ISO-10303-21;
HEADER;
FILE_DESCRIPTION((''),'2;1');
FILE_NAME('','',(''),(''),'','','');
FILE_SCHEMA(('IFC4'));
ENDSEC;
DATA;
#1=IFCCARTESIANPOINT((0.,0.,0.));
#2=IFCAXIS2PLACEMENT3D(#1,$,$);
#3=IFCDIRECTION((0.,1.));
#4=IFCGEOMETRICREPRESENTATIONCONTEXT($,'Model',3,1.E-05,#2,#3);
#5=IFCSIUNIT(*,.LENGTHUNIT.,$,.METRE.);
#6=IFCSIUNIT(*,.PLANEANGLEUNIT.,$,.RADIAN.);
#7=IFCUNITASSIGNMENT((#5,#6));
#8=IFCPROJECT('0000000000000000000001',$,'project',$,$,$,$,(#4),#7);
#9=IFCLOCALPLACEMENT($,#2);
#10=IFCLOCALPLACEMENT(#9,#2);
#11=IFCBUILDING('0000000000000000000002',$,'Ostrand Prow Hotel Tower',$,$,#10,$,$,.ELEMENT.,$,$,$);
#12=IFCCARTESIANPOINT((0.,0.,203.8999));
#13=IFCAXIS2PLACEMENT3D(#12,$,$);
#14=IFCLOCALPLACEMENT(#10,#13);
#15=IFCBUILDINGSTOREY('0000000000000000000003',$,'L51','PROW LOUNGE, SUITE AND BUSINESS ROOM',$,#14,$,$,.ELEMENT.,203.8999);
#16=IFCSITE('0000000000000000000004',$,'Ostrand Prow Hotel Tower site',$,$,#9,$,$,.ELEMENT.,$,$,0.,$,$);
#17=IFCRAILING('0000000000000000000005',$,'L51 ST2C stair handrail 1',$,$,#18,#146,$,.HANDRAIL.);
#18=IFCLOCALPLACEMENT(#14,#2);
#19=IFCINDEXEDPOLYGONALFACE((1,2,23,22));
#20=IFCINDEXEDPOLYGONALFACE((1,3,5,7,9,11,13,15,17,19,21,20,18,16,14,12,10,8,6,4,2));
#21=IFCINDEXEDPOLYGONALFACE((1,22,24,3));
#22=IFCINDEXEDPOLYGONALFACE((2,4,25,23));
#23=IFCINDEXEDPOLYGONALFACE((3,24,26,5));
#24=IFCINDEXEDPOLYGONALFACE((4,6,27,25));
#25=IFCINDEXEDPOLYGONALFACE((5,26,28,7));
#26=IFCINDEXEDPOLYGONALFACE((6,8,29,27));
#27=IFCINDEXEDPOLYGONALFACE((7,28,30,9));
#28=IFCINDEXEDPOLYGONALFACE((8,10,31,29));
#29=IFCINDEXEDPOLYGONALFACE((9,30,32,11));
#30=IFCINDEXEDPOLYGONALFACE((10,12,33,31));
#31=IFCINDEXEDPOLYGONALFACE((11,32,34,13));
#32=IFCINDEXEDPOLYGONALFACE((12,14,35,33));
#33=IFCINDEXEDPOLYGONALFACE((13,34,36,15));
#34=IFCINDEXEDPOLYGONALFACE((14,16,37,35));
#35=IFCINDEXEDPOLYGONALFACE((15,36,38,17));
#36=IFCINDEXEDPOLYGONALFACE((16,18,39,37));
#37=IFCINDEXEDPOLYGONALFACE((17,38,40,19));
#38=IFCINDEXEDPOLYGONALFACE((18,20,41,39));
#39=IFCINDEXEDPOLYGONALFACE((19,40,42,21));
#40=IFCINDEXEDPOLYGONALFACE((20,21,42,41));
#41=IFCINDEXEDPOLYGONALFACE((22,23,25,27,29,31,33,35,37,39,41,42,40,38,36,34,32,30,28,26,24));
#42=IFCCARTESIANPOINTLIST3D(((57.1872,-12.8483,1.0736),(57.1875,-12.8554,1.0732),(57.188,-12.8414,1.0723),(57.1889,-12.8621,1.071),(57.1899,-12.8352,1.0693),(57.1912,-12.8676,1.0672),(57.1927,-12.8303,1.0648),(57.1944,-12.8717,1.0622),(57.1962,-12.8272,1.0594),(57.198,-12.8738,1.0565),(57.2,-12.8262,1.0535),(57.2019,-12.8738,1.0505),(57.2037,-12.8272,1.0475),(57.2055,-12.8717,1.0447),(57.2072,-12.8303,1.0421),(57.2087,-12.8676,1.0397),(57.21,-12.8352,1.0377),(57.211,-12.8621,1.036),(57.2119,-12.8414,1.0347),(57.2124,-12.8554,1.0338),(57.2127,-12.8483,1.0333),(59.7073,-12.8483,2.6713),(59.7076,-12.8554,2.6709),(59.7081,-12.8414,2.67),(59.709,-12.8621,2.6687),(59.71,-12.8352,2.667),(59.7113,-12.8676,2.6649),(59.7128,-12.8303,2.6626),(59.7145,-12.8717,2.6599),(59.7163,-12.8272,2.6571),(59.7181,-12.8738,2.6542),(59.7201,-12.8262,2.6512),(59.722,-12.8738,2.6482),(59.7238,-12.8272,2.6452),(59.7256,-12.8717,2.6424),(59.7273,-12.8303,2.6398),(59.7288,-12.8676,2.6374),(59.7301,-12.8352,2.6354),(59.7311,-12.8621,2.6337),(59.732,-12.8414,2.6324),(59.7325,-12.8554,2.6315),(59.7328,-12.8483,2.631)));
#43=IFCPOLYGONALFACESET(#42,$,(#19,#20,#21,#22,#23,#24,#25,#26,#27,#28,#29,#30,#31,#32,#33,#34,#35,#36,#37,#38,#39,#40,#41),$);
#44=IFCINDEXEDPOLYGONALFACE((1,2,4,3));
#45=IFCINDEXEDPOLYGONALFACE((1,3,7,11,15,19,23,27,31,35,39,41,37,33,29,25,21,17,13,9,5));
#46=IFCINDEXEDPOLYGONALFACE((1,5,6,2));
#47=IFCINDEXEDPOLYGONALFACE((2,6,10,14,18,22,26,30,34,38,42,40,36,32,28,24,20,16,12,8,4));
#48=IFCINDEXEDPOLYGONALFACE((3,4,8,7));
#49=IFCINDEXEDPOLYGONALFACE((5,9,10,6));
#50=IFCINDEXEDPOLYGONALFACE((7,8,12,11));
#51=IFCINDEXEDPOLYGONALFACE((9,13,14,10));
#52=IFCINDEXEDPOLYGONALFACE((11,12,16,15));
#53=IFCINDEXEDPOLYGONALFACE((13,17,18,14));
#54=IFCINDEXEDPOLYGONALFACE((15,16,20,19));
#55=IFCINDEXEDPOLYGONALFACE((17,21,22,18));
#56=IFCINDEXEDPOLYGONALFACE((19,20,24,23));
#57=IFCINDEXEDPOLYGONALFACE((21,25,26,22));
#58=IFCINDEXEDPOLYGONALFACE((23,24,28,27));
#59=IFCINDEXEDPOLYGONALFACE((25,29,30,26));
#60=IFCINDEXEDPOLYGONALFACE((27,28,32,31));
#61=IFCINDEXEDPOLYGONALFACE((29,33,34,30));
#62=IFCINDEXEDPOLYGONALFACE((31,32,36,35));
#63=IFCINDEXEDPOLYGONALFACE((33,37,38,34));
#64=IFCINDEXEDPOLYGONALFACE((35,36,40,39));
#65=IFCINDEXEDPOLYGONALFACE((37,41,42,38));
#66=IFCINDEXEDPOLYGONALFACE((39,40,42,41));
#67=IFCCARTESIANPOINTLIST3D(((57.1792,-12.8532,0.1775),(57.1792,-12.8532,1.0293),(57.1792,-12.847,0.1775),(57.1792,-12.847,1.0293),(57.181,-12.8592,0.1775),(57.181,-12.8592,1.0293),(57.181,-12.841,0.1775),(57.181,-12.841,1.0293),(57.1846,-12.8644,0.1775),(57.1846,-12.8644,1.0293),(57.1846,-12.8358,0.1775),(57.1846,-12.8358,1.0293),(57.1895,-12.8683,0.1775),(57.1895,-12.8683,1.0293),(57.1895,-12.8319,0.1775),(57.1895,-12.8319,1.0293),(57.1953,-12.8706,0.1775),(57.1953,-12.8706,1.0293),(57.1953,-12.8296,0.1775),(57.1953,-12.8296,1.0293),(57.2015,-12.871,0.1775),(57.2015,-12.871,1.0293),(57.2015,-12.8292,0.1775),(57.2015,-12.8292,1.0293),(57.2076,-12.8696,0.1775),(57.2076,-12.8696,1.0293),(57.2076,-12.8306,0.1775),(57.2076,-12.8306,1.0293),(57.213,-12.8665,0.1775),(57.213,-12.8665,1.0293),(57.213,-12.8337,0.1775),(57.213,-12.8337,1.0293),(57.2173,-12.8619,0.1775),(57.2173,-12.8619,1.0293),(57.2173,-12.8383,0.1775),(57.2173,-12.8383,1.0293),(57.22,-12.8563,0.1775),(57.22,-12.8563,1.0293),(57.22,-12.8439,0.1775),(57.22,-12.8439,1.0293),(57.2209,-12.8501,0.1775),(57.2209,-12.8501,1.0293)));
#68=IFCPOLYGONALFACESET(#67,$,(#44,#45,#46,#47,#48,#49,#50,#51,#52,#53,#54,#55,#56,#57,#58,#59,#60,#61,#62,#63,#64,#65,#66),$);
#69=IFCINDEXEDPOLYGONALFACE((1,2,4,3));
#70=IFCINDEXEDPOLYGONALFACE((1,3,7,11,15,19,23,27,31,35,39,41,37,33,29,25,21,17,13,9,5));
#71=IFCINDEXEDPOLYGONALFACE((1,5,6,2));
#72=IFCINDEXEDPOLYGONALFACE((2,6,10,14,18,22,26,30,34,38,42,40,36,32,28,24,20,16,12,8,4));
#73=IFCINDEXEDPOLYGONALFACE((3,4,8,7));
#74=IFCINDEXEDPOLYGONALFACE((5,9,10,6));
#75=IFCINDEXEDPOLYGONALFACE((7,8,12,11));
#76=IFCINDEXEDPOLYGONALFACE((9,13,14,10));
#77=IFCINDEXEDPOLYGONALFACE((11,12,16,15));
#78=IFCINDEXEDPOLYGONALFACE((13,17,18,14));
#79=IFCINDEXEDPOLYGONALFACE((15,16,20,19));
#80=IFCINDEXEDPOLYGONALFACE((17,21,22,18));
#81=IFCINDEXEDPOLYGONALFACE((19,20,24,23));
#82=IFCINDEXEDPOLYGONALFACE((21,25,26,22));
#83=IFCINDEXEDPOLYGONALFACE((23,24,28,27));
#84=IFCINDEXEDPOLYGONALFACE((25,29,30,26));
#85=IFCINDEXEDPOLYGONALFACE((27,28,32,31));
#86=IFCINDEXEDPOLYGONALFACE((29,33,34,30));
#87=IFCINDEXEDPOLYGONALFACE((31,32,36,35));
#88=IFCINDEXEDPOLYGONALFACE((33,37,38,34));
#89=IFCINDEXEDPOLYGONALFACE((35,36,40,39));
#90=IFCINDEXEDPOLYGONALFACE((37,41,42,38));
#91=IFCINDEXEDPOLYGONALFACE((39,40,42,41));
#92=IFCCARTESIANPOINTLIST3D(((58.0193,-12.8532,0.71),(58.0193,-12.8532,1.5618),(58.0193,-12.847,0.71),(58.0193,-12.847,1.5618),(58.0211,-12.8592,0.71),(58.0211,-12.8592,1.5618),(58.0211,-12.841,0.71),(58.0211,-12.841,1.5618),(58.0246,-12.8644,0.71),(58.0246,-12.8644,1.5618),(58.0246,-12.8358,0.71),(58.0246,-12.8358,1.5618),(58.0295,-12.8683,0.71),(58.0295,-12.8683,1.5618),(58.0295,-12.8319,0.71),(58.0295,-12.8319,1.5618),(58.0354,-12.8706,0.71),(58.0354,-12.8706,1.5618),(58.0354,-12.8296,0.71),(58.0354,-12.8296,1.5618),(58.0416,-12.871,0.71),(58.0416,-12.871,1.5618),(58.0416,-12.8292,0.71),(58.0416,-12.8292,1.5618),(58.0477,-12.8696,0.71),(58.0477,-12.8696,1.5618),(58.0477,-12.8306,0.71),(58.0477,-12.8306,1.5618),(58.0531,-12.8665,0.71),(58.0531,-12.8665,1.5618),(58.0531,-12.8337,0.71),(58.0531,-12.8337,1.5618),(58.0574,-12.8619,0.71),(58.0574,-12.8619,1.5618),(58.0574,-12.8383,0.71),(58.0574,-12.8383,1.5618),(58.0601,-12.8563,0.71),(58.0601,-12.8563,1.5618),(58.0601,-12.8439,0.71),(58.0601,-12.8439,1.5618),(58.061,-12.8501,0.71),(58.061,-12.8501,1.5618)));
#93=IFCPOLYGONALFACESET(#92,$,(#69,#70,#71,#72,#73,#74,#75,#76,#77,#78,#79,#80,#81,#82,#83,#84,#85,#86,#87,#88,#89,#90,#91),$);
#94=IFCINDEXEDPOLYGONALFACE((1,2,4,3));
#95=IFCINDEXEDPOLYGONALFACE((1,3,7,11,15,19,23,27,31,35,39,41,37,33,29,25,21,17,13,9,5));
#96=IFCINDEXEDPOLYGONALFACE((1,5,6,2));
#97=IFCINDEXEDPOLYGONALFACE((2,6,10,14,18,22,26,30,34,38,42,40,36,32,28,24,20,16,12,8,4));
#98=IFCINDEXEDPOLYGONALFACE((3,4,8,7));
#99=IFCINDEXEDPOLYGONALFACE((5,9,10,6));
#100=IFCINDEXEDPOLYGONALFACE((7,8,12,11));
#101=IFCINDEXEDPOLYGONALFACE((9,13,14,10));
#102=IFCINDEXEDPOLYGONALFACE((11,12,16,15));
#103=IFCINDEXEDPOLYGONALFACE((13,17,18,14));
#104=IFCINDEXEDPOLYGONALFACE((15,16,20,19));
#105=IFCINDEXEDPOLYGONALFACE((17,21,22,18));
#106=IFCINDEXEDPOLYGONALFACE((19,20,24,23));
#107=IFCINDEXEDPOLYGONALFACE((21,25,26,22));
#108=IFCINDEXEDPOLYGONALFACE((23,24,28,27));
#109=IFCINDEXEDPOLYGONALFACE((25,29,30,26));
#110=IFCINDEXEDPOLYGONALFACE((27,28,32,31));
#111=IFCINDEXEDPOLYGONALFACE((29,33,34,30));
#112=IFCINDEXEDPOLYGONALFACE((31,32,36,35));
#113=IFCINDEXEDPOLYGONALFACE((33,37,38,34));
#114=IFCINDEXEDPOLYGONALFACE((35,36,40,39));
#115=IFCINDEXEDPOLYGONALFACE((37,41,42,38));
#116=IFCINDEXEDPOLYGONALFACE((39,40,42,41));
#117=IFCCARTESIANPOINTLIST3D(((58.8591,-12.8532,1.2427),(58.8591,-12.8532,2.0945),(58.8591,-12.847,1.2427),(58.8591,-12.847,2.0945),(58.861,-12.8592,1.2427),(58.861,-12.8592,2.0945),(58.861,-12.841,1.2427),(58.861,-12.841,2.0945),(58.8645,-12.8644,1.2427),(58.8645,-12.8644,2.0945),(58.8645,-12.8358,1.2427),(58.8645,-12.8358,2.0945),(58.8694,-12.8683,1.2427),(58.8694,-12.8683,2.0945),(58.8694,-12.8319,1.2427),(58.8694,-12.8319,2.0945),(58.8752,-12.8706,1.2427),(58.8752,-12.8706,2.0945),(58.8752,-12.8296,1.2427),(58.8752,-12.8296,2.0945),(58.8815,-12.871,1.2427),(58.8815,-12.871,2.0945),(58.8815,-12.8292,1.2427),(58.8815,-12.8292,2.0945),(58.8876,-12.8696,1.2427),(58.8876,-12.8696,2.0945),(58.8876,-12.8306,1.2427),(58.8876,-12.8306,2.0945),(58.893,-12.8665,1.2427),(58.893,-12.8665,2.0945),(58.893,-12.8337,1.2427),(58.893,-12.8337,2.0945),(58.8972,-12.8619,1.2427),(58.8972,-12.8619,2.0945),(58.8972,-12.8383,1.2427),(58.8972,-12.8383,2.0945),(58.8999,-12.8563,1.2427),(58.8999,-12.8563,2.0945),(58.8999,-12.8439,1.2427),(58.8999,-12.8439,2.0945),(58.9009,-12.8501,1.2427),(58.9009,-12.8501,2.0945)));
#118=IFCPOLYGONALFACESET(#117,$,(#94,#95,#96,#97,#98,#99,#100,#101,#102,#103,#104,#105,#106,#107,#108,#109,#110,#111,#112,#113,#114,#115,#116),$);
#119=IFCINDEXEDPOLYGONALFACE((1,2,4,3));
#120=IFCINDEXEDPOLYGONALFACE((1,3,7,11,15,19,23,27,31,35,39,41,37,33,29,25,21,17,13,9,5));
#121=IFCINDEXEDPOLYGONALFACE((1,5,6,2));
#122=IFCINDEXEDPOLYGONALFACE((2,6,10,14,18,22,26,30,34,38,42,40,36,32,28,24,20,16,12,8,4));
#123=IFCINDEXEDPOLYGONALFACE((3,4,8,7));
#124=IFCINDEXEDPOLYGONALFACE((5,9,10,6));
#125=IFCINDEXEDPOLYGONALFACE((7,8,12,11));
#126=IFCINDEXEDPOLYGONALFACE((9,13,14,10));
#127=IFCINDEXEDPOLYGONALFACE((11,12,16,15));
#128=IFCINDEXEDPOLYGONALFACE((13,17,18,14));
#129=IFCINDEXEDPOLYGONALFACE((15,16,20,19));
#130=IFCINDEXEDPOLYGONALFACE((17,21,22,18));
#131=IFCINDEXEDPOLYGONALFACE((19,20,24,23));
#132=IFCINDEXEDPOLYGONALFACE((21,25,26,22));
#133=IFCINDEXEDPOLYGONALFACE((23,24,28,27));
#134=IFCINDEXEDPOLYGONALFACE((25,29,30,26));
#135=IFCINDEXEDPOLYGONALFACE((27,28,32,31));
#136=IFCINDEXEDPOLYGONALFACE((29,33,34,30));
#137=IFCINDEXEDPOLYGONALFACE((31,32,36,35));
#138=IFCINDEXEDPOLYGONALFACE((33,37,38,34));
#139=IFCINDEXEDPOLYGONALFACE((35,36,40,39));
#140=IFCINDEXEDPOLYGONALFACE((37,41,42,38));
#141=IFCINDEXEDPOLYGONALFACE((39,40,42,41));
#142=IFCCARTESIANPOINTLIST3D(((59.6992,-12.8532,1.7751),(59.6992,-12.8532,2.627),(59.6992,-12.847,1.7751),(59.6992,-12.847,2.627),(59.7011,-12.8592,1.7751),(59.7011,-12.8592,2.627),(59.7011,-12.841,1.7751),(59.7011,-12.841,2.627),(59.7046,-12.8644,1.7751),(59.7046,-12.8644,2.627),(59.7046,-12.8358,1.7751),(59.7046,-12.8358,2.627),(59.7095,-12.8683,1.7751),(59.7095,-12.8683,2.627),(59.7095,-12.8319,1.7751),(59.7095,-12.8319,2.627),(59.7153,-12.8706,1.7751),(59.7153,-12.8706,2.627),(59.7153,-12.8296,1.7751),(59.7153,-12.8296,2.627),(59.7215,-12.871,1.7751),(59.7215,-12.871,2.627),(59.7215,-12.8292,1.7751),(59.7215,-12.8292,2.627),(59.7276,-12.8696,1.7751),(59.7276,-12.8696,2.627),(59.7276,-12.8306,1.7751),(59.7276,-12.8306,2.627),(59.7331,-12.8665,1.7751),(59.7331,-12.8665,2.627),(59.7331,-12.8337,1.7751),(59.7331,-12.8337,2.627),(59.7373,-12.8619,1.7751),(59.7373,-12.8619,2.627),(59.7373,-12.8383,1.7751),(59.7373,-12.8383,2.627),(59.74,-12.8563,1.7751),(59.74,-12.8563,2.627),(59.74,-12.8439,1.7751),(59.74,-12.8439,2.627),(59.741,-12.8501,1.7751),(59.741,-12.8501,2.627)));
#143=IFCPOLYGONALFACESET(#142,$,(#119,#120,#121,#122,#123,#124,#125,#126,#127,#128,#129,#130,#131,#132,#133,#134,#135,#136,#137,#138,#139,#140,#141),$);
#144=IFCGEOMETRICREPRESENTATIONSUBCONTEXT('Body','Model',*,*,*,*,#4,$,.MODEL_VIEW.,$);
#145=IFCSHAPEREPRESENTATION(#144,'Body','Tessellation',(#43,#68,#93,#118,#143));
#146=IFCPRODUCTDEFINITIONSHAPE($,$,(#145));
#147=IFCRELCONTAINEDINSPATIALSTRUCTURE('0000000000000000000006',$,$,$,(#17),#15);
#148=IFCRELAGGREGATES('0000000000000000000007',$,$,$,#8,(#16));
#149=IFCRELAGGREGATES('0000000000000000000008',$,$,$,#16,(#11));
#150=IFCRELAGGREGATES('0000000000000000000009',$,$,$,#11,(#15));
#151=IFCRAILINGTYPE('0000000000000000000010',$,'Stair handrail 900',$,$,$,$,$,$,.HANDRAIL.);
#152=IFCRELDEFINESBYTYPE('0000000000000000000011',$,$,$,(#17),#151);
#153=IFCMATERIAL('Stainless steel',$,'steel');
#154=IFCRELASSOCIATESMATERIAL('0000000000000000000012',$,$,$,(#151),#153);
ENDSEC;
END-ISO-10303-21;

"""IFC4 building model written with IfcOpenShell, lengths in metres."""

from ifc_helpers import new_model, si_unit, direction, frame, origin, origin_2d, place, context, subcontext, project, spatial, circle, extrude, material, type_object, element, save


model = new_model("IFC4")

# Units and contexts
model_context = context("Model", 3, precision=1e-05, world=origin(), true_north=direction((0.0, 1.0)))
body_context = subcontext(model_context, "Body", "Model", "MODEL_VIEW")
ifc_project = project(units=[si_unit("LENGTHUNIT", "METRE"), si_unit("PLANEANGLEUNIT", "RADIAN")], contexts=[model_context])

# Site, building, storey
site_placement = place(None, origin())
site = spatial("IfcSite", under=ifc_project, at=site_placement, Name="Ostrand Prow Hotel Tower site", CompositionType="ELEMENT", RefElevation=0.0)
building_placement = place(site_placement, origin())
building = spatial("IfcBuilding", under=site, at=building_placement, Name="Ostrand Prow Hotel Tower", CompositionType="ELEMENT")
storey_placement = place(building_placement, frame((0.0, 0.0, 203.8999)))
storey = spatial("IfcBuildingStorey", under=building, at=storey_placement, Name="L51", Description="PROW LOUNGE, SUITE AND BUSINESS ROOM", CompositionType="ELEMENT", Elevation=203.8999)

# Railing
ifc_material_1 = material(Name="Stainless steel", Category="steel")
railing_type_1 = type_object("IfcRailingType", Name="Stair handrail 900", PredefinedType="HANDRAIL", material=ifc_material_1)
railing_1_placement = place(storey_placement, frame((57.2, -12.8501, 0.1775)))
element("IfcRailing", 1, at=railing_1_placement, inside=storey, type_object=railing_type_1, Name="L51 ST2C stair handrail 1", PredefinedType="HANDRAIL", context=body_context, shape_type="SweptSolid", body=[
    extrude(circle(Radius=0.0239, at=origin_2d()), frame((0.0, 0.0, 0.876), z_axis=(0.84457, 0.0, 0.535445), x_axis=(0.0, 1.0, 0.0)), (0.0, 0.0, 1.0), 2.9839),
    extrude(circle(Radius=0.021, at=origin_2d()), origin(), (0.0, 0.0, 1.0), 0.8518),
    extrude(circle(Radius=0.021, at=origin_2d()), frame((0.8401, 0.0, 0.5325)), (0.0, 0.0, 1.0), 0.8518),
    extrude(circle(Radius=0.021, at=origin_2d()), frame((1.6799, 0.0, 1.0652)), (0.0, 0.0, 1.0), 0.8518),
    extrude(circle(Radius=0.021, at=origin_2d()), frame((2.52, 0.0, 1.5977)), (0.0, 0.0, 1.0), 0.8518),
])

save(model, "model.ifc")
